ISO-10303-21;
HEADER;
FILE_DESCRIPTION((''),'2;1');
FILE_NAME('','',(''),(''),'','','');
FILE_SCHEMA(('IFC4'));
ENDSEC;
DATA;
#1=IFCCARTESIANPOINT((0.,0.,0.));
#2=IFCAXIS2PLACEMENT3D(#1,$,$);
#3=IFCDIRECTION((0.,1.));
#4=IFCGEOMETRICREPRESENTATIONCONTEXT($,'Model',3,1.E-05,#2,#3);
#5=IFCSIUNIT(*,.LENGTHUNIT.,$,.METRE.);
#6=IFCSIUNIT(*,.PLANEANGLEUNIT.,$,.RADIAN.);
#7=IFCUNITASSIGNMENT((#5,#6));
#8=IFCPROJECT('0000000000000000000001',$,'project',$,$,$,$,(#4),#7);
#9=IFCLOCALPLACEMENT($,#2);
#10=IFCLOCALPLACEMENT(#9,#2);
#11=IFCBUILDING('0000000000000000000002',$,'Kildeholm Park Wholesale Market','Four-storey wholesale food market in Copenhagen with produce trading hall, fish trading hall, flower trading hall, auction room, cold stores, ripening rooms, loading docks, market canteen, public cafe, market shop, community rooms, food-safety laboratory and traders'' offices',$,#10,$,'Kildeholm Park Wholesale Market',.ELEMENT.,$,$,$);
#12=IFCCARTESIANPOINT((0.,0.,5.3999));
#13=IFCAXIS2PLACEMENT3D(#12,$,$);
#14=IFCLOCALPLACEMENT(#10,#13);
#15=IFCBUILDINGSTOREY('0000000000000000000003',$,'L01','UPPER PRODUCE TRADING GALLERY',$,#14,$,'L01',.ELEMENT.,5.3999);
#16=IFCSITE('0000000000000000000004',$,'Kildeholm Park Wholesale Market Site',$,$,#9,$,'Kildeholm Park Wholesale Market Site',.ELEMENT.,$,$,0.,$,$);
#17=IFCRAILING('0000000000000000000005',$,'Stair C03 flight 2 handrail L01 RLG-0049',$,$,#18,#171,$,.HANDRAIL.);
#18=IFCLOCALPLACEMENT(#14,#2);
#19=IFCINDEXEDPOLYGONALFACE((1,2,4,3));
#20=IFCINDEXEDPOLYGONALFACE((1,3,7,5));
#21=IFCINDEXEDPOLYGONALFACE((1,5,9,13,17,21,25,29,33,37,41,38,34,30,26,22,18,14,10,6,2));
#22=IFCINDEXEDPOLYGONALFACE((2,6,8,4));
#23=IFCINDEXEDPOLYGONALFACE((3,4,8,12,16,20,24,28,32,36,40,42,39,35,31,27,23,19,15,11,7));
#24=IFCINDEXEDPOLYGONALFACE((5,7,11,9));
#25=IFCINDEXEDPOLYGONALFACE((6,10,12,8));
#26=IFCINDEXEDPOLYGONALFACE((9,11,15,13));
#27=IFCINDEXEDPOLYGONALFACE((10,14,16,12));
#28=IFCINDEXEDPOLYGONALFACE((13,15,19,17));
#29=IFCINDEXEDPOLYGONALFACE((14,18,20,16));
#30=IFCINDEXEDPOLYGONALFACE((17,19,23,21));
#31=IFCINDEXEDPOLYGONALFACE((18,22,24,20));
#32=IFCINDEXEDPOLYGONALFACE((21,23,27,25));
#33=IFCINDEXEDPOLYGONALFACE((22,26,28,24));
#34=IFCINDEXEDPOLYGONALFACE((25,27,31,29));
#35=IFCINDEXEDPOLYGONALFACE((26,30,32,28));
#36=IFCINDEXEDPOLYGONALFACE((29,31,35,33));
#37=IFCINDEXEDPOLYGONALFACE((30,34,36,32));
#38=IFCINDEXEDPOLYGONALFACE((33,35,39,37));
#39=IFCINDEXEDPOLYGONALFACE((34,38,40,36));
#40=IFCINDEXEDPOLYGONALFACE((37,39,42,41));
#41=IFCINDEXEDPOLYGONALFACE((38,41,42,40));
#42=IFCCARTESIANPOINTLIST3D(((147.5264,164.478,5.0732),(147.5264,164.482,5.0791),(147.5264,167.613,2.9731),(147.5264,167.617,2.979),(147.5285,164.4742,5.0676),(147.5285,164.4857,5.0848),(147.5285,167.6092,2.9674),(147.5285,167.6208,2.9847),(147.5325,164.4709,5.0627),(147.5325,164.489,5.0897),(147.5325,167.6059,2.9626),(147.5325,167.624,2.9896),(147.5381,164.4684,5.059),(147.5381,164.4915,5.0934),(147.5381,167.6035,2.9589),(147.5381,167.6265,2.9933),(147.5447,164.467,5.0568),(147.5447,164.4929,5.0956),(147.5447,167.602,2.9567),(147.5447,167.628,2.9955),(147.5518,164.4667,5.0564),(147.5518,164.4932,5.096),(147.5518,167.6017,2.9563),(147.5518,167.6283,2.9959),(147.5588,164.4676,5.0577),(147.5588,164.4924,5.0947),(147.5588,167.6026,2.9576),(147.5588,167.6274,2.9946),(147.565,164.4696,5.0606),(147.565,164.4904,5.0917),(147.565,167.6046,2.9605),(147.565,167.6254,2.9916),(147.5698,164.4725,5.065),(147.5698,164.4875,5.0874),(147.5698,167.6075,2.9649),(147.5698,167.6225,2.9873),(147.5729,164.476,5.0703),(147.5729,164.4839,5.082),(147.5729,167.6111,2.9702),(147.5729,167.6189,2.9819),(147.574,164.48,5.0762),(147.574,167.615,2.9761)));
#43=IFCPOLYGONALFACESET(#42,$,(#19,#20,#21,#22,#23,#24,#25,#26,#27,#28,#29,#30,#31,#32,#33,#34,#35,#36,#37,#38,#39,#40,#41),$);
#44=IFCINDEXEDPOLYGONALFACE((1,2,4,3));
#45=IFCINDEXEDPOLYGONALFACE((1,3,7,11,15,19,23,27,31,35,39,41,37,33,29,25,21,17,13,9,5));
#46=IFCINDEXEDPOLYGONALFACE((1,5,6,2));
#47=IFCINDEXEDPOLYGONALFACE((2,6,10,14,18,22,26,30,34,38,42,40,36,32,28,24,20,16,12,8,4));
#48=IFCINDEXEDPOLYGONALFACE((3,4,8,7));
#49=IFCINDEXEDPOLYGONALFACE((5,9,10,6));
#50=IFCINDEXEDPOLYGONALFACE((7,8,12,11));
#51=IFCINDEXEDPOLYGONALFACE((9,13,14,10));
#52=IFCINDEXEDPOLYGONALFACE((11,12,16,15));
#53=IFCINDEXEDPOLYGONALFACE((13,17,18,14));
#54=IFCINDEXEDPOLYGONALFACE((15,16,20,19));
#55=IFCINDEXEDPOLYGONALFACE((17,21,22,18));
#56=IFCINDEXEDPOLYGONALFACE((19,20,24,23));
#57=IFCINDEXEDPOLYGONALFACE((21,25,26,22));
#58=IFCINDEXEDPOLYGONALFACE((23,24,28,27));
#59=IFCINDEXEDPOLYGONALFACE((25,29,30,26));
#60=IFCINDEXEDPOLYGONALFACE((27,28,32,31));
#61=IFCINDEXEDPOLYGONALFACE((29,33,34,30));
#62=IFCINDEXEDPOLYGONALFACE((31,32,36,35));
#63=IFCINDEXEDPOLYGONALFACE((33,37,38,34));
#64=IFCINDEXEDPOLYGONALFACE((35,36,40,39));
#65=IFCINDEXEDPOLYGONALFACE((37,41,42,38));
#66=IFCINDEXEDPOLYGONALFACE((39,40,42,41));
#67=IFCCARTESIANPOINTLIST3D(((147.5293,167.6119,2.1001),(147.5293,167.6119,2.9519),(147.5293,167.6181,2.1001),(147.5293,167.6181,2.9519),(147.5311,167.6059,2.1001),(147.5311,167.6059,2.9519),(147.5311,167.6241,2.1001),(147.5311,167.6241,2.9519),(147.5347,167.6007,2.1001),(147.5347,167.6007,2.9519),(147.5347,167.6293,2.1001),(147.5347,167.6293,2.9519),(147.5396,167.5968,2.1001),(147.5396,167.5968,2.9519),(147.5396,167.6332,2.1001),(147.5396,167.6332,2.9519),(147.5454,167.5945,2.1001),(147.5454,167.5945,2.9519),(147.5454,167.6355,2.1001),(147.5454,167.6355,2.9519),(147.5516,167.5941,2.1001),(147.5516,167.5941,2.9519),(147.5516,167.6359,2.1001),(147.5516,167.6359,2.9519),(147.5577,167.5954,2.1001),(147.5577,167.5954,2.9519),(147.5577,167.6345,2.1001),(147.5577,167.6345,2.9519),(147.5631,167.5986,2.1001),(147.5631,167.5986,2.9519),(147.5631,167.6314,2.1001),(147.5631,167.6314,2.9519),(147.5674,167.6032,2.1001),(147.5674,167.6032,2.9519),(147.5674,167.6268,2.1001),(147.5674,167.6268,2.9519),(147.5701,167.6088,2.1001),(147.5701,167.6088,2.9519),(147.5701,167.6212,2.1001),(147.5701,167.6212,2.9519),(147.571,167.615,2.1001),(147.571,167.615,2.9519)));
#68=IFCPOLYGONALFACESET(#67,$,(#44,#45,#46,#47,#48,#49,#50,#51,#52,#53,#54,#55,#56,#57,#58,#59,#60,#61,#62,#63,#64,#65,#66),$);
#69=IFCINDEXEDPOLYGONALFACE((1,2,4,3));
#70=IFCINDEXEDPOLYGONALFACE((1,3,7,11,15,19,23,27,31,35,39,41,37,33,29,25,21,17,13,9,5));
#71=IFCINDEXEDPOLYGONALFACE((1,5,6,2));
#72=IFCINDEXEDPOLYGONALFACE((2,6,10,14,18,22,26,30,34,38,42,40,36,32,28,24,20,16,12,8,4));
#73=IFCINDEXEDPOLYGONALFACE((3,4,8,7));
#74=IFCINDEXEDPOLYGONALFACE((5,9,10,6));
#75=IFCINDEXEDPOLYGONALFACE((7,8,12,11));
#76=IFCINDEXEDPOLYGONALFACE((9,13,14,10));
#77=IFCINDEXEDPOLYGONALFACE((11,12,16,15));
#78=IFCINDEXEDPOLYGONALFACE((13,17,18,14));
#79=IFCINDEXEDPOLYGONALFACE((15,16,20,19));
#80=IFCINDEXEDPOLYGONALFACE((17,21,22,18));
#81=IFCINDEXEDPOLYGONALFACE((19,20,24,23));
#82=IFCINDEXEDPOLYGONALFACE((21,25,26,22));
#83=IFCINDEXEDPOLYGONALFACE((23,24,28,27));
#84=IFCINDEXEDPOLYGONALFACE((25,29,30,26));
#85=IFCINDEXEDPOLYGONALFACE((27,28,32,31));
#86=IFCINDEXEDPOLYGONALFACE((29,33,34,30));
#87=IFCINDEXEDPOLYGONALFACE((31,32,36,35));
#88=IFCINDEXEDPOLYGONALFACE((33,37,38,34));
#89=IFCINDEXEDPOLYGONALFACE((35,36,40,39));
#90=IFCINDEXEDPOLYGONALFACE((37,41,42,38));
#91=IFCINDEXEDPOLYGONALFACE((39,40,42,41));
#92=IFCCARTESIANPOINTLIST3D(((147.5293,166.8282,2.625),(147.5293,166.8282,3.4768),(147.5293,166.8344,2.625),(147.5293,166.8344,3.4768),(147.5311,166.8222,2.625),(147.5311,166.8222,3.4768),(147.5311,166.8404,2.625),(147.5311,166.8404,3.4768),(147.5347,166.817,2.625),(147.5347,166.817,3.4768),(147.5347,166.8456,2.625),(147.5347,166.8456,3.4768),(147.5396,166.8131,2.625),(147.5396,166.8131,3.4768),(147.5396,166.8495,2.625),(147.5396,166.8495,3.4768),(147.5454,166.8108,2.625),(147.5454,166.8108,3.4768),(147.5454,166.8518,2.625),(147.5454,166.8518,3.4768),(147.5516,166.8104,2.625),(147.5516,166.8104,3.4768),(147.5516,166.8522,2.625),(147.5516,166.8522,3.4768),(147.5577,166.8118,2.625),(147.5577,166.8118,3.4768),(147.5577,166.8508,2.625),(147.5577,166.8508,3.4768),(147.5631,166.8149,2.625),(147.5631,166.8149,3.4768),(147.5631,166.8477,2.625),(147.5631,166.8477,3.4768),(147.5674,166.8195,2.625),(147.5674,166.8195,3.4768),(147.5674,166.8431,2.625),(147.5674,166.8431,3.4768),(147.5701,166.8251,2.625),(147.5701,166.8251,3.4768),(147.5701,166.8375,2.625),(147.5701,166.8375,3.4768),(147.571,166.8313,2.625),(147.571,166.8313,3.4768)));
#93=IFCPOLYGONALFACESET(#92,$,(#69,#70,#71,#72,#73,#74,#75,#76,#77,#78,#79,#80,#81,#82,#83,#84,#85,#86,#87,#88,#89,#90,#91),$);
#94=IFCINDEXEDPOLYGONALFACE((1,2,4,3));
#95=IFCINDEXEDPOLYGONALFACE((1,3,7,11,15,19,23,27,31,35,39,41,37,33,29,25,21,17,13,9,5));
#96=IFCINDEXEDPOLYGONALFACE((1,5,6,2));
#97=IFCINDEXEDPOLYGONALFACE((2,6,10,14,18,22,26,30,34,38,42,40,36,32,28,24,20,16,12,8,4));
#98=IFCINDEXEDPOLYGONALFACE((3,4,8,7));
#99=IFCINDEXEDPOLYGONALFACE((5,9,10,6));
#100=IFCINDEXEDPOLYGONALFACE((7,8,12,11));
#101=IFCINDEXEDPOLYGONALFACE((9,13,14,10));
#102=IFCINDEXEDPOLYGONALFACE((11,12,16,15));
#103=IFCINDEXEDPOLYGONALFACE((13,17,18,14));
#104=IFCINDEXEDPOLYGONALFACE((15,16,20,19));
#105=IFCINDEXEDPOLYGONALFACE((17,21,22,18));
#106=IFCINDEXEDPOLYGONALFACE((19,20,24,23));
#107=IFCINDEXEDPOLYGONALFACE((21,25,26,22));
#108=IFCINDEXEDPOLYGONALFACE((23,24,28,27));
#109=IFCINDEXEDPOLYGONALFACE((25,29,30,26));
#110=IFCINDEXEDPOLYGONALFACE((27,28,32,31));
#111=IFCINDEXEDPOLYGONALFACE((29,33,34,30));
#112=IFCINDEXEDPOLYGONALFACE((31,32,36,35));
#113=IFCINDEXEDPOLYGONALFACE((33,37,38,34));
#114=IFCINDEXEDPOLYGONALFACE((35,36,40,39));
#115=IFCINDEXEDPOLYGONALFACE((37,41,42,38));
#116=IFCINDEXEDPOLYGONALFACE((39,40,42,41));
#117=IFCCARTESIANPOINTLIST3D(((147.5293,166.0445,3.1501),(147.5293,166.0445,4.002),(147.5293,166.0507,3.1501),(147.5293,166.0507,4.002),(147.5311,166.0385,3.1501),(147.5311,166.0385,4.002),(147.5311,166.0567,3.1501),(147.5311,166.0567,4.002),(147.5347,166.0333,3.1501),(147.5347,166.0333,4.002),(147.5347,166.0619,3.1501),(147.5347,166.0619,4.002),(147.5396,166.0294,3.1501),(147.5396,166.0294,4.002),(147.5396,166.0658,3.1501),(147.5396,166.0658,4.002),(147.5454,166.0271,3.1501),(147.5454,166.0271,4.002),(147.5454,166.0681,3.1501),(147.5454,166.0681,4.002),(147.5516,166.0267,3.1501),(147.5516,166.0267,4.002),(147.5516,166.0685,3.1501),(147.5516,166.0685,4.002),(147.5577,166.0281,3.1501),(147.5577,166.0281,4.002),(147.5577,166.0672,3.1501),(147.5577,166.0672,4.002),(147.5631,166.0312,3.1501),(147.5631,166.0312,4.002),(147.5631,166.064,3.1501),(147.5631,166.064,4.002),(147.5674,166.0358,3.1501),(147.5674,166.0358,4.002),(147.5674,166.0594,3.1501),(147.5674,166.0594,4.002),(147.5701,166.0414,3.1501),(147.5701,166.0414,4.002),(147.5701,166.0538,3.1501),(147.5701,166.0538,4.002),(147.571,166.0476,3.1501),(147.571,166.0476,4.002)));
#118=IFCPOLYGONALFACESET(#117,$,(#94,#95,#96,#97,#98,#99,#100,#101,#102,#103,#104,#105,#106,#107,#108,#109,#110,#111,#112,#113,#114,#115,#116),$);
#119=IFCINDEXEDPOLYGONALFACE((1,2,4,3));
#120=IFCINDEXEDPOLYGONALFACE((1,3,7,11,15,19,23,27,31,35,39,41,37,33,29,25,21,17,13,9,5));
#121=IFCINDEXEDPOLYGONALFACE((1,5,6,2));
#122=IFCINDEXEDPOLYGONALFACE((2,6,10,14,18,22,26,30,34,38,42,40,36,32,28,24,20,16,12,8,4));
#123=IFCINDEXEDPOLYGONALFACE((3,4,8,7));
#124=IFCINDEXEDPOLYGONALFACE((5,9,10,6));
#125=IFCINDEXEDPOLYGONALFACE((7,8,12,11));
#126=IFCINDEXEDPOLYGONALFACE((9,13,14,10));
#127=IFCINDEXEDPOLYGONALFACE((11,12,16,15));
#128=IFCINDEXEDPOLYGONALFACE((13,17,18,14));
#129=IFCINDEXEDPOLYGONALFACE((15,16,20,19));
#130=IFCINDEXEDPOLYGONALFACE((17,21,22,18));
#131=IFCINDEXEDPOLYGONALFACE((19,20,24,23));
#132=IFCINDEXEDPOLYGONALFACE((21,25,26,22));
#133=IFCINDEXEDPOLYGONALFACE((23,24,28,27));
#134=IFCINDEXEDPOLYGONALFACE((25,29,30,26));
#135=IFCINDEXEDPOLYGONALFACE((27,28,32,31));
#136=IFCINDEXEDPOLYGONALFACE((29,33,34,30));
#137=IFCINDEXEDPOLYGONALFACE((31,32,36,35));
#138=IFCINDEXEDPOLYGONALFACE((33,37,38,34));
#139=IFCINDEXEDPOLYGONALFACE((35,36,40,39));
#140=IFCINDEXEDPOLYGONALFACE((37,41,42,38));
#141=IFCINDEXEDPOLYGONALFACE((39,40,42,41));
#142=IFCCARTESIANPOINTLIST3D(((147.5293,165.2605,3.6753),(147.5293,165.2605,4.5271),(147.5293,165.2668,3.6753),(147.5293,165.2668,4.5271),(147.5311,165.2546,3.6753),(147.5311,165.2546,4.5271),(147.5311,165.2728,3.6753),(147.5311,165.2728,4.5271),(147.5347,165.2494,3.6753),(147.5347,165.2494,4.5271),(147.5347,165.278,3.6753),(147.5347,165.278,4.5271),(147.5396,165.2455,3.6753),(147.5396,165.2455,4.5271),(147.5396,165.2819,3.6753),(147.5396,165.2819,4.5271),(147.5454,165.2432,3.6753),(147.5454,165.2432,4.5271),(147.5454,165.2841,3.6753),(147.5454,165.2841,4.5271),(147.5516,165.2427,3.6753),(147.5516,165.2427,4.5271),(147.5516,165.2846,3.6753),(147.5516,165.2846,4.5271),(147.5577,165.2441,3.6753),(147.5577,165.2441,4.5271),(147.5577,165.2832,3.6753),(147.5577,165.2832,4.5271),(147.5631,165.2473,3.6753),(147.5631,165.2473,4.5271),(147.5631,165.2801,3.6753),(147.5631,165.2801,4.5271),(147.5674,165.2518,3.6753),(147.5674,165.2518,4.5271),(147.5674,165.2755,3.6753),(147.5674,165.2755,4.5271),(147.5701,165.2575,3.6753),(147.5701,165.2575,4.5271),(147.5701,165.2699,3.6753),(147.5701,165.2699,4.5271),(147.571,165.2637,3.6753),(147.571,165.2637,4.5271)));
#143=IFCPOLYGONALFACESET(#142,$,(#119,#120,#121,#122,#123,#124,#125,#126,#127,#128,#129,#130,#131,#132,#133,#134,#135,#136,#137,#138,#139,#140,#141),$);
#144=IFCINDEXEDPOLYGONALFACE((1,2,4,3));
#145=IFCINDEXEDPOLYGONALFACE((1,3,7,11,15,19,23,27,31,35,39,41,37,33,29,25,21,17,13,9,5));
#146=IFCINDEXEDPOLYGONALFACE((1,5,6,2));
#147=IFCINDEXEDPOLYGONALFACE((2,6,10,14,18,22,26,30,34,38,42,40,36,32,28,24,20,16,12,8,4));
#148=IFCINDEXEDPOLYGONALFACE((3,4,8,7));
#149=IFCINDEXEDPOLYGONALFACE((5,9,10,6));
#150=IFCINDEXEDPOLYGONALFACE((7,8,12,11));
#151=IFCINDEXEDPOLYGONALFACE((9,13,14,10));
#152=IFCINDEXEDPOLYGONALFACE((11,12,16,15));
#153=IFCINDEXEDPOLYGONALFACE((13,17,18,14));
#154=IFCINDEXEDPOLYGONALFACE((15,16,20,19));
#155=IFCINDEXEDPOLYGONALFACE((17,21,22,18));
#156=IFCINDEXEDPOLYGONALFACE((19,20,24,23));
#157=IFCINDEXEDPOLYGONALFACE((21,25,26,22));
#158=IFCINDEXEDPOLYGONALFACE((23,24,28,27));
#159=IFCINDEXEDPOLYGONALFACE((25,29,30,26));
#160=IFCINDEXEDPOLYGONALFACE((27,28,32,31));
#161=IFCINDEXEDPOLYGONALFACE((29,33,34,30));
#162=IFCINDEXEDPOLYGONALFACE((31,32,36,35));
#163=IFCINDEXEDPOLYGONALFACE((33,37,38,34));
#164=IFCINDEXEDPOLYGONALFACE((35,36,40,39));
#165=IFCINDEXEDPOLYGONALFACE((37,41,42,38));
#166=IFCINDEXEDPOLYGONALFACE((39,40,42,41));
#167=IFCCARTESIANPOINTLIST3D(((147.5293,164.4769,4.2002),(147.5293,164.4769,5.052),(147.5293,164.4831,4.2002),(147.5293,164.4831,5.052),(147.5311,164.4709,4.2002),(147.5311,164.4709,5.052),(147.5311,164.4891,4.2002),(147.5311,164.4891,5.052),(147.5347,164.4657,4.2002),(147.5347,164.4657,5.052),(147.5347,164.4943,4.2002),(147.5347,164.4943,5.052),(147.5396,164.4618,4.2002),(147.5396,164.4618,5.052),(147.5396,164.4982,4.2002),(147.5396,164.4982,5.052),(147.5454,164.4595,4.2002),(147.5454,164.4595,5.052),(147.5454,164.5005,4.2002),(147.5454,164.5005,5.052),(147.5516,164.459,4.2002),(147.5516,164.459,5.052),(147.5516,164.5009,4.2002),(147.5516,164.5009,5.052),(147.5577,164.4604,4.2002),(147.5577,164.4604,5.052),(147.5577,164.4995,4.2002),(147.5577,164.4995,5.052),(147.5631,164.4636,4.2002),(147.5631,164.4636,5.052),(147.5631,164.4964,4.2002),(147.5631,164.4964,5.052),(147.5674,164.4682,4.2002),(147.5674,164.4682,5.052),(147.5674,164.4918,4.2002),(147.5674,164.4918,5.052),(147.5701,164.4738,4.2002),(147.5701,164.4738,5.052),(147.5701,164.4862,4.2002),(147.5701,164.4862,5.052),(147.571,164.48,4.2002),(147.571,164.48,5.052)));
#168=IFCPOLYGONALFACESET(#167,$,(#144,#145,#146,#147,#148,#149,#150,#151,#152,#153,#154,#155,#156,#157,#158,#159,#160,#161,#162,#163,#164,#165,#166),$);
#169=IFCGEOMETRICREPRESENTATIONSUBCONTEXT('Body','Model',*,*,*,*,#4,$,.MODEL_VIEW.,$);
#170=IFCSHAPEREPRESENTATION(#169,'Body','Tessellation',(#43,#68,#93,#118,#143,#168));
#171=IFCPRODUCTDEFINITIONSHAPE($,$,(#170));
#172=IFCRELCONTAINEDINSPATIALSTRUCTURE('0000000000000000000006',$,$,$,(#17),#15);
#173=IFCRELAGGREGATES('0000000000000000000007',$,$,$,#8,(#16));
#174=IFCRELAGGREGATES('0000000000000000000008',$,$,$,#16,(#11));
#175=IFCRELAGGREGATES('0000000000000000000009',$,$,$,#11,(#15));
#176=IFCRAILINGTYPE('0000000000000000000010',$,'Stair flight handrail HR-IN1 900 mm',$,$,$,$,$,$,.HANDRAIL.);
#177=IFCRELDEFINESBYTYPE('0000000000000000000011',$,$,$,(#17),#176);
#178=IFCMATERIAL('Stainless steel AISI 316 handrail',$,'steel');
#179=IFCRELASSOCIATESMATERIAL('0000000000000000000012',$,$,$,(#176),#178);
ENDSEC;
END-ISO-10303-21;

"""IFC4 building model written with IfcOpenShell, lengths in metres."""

from ifc_helpers import new_model, si_unit, direction, frame, origin, origin_2d, place, context, subcontext, project, spatial, circle, extrude, material, type_object, element, save


model = new_model("IFC4")

# Units and contexts
model_context = context("Model", 3, precision=1e-05, world=origin(), true_north=direction((0.0, 1.0)))
body_context = subcontext(model_context, "Body", "Model", "MODEL_VIEW")
ifc_project = project(units=[si_unit("LENGTHUNIT", "METRE"), si_unit("PLANEANGLEUNIT", "RADIAN")], contexts=[model_context])

# Site, building, storey
site_placement = place(None, origin())
site = spatial("IfcSite", under=ifc_project, at=site_placement, Name="Kildeholm Park Wholesale Market Site", LongName="Kildeholm Park Wholesale Market Site", CompositionType="ELEMENT", RefElevation=0.0)
building_placement = place(site_placement, origin())
building = spatial("IfcBuilding", under=site, at=building_placement, Name="Kildeholm Park Wholesale Market", Description="Four-storey wholesale food market in Copenhagen with produce trading hall, fish trading hall, flower trading hall, auction room, cold stores, ripening rooms, loading docks, market canteen, public cafe, market shop, community rooms, food-safety laboratory and traders' offices", LongName="Kildeholm Park Wholesale Market", CompositionType="ELEMENT")
storey_placement = place(building_placement, frame((0.0, 0.0, 5.3999)))
storey = spatial("IfcBuildingStorey", under=building, at=storey_placement, Name="L01", Description="UPPER PRODUCE TRADING GALLERY", LongName="L01", CompositionType="ELEMENT", Elevation=5.3999)

# Railing
ifc_material_1 = material(Name="Stainless steel AISI 316 handrail", Category="steel")
railing_type_1 = type_object("IfcRailingType", Name="Stair flight handrail HR-IN1 900 mm", PredefinedType="HANDRAIL", material=ifc_material_1)
railing_1_placement = place(storey_placement, frame((147.55, 167.615, 2.1001)))
element("IfcRailing", 1, at=railing_1_placement, inside=storey, type_object=railing_type_1, Name="Stair C03 flight 2 handrail L01 RLG-0049", PredefinedType="HANDRAIL", context=body_context, shape_type="SweptSolid", body=[
    extrude(circle(Radius=0.0239, at=origin_2d()), frame((0.0, 0.0, 0.876), z_axis=(0.0, -0.830814, 0.55655), x_axis=(1.0, 0.0, 0.0)), (0.0, 0.0, 1.0), 3.7734),
    extrude(circle(Radius=0.021, at=origin_2d()), origin(), (0.0, 0.0, 1.0), 0.8518),
    extrude(circle(Radius=0.021, at=origin_2d()), frame((0.0, -0.7837, 0.5249)), (0.0, 0.0, 1.0), 0.8518),
    extrude(circle(Radius=0.021, at=origin_2d()), frame((0.0, -1.5674, 1.05)), (0.0, 0.0, 1.0), 0.8518),
    extrude(circle(Radius=0.021, at=origin_2d()), frame((0.0, -2.3513, 1.5752)), (0.0, 0.0, 1.0), 0.8518),
    extrude(circle(Radius=0.021, at=origin_2d()), frame((0.0, -3.135, 2.1001)), (0.0, 0.0, 1.0), 0.8518),
])

save(model, "model.ifc")
